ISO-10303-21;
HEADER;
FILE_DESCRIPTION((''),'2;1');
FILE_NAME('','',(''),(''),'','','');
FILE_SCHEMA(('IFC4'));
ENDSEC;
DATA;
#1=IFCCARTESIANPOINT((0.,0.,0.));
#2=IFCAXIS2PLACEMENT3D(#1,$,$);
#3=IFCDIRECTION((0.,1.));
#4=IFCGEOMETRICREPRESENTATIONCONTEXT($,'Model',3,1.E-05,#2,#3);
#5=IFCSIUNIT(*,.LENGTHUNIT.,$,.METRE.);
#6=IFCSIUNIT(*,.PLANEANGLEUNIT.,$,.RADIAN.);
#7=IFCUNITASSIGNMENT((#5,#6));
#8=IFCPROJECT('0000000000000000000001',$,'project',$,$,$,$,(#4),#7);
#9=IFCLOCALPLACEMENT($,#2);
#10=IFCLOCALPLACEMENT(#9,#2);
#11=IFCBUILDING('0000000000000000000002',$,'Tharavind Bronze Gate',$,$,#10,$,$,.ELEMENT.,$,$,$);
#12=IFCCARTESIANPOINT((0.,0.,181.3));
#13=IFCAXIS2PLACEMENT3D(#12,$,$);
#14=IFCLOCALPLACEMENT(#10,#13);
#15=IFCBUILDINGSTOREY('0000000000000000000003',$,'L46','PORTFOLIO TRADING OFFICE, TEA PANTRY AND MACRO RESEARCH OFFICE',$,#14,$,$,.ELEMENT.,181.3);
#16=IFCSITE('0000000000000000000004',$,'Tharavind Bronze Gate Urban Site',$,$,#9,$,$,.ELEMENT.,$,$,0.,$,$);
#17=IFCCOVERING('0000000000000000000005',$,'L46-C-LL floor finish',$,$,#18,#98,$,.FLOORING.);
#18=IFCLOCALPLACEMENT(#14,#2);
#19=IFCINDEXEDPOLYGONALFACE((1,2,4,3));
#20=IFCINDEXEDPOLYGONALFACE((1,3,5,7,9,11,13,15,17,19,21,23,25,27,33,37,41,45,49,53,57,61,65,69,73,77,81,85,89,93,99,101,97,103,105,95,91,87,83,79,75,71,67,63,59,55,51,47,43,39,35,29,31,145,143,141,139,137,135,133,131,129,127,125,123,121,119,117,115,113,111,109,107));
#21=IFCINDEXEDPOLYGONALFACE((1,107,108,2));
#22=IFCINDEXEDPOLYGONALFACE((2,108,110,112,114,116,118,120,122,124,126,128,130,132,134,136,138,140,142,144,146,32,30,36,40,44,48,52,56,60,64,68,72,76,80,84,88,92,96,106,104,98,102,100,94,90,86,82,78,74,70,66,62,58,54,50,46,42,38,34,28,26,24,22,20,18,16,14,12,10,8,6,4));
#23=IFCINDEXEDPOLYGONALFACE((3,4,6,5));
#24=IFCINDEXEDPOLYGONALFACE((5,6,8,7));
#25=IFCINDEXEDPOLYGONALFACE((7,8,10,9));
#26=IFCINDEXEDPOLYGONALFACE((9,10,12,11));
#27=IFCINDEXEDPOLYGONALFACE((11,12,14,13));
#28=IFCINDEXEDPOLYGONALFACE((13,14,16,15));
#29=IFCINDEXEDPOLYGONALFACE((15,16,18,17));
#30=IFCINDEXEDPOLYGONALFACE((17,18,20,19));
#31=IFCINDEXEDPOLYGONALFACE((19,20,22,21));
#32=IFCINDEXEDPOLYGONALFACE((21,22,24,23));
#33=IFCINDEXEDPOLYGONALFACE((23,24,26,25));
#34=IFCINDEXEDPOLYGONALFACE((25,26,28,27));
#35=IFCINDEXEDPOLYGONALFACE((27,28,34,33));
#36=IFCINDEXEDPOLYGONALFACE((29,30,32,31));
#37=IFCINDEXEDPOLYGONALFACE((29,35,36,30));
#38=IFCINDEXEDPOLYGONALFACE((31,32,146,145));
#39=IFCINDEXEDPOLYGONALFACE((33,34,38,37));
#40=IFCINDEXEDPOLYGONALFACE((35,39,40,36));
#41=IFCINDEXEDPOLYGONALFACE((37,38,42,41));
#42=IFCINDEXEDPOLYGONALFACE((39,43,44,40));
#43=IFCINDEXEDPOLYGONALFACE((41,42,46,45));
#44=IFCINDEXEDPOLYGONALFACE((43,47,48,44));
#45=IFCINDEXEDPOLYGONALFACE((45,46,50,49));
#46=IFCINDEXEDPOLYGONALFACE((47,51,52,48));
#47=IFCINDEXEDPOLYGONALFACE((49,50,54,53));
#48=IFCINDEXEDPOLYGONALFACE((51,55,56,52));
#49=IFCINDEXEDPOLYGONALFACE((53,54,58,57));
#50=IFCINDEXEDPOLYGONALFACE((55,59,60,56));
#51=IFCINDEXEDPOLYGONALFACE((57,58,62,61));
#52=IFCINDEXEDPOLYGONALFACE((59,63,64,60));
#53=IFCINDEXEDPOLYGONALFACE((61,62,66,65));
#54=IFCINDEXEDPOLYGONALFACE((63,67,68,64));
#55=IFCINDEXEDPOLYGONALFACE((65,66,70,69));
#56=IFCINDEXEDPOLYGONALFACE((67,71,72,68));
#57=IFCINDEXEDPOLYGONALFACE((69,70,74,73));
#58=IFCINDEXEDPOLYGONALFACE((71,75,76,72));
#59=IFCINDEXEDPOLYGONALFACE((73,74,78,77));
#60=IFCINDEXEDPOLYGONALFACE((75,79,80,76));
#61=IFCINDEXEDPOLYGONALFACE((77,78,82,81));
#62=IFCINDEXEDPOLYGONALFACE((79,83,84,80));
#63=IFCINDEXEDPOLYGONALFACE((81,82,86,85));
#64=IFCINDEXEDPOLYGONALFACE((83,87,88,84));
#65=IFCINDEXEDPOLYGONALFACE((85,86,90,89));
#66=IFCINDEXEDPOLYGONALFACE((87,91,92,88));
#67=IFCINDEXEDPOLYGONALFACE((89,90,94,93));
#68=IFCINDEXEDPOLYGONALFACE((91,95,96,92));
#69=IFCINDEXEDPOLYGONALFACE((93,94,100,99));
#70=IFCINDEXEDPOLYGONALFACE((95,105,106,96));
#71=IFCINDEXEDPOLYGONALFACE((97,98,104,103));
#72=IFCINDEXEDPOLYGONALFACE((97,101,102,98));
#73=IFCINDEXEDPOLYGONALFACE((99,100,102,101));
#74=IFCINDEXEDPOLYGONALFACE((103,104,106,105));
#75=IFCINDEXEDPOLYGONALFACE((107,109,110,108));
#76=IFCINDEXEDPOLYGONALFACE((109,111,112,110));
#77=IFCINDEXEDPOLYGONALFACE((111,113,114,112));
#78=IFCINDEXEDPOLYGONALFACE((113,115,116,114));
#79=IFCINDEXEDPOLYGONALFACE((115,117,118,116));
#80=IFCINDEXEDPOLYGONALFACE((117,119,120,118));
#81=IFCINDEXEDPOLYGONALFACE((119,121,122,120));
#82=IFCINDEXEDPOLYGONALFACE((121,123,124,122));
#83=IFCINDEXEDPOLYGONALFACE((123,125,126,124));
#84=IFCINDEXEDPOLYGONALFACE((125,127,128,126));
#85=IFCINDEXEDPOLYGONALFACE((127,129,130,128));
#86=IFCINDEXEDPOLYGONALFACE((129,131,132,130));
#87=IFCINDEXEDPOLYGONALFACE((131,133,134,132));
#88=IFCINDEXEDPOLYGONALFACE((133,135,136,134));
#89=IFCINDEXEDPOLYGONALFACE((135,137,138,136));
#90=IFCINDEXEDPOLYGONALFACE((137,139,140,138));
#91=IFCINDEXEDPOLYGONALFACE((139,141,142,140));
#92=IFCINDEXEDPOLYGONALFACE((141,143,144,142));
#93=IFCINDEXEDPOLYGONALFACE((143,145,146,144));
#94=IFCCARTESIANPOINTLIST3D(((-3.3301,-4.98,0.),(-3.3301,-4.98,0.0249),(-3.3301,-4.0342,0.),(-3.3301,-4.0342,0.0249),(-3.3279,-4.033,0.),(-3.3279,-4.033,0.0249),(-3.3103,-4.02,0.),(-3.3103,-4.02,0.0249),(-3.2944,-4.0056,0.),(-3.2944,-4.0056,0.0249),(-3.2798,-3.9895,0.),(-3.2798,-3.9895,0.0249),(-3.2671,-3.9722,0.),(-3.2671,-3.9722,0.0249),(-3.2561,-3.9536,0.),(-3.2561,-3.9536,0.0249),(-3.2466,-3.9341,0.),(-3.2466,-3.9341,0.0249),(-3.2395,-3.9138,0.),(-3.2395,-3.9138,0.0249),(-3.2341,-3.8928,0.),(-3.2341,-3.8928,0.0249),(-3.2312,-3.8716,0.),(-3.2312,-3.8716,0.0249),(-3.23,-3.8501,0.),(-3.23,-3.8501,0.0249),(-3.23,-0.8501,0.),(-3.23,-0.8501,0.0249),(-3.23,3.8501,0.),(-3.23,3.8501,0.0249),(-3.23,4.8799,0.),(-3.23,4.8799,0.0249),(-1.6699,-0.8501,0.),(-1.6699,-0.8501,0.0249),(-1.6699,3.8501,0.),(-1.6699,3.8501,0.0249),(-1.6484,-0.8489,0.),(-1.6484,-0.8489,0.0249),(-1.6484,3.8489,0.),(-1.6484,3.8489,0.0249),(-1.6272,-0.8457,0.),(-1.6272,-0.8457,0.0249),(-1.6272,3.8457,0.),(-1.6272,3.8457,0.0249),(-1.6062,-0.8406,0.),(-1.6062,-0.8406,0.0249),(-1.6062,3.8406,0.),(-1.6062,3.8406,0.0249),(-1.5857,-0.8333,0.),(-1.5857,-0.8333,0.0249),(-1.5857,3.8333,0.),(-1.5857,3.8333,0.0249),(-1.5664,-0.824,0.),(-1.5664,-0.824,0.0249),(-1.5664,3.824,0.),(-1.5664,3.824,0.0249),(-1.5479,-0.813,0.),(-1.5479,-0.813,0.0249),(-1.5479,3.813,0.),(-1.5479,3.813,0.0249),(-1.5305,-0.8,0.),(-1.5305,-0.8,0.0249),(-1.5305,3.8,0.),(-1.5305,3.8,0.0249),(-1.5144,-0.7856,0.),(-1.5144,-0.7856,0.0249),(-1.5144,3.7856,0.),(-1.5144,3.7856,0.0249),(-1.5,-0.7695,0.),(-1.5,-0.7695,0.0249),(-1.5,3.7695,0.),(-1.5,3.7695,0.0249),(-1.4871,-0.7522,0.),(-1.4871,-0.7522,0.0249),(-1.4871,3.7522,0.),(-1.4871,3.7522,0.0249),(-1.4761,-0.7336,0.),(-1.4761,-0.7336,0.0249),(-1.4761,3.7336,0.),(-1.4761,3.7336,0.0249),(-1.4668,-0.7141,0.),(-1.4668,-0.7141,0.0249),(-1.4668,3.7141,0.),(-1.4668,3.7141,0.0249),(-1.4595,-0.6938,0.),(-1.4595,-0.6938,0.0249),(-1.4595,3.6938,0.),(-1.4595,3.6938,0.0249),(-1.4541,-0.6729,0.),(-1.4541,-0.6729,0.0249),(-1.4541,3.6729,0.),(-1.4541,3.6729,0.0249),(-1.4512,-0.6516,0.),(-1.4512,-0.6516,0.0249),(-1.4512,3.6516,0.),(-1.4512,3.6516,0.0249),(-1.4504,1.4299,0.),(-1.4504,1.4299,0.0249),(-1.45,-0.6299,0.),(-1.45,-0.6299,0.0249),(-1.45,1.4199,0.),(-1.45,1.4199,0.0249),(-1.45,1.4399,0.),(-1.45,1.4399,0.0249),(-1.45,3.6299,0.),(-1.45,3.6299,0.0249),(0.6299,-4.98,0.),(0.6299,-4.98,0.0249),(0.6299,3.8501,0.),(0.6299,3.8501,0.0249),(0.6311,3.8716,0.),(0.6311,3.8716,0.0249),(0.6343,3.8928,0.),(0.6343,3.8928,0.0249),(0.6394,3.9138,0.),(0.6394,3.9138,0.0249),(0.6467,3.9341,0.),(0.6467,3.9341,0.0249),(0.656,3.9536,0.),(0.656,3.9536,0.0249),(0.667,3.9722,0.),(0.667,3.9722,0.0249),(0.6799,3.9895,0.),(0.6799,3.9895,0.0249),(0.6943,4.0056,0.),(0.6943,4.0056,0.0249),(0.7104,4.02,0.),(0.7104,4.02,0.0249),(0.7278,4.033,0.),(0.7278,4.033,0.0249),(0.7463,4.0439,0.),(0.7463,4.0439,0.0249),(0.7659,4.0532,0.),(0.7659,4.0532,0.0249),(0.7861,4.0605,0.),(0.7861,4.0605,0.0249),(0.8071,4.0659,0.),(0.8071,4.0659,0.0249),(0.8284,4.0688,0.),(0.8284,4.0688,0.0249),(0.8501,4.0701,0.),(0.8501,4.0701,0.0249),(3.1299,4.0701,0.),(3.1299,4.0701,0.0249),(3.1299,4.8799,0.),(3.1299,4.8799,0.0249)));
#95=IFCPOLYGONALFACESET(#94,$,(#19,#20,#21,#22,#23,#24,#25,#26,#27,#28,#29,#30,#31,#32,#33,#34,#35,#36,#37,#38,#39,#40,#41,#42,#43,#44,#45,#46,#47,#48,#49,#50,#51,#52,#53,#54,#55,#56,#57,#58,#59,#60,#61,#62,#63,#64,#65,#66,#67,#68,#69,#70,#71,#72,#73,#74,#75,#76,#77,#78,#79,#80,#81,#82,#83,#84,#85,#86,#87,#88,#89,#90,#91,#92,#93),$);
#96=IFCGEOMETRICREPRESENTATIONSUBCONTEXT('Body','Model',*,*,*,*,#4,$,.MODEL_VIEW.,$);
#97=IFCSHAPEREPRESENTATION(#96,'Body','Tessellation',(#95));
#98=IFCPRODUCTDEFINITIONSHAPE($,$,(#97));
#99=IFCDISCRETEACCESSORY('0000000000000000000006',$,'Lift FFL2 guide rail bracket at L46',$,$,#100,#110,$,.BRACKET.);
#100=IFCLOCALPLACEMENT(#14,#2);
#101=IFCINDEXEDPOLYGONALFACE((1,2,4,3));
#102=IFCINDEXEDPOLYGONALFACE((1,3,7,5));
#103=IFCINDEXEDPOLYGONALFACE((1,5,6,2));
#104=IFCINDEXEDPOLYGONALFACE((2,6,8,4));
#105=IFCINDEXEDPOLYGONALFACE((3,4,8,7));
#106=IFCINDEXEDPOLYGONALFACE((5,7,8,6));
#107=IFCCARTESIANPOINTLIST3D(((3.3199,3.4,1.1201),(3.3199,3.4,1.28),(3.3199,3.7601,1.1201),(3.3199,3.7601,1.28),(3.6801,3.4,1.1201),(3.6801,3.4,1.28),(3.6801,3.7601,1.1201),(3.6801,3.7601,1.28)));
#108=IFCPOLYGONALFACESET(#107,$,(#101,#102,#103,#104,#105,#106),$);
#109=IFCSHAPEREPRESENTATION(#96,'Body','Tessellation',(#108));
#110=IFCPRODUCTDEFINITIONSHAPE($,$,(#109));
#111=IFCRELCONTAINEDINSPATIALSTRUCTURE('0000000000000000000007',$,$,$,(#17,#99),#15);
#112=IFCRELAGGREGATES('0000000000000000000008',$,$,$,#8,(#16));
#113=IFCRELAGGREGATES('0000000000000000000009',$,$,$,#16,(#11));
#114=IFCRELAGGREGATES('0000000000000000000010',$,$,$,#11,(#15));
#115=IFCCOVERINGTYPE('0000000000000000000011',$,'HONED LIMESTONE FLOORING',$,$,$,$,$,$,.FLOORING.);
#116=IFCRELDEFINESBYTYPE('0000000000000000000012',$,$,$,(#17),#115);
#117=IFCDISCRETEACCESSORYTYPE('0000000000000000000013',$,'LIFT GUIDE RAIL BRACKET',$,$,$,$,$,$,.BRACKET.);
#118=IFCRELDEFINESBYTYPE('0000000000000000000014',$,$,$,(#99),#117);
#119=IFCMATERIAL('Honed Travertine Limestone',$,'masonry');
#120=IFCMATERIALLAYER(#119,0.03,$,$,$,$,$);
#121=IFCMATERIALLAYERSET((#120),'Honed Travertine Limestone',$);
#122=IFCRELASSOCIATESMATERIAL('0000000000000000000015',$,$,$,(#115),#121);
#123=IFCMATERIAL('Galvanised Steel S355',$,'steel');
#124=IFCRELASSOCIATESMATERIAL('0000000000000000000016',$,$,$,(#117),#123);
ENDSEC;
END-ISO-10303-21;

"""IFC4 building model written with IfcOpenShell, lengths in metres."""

from ifc_helpers import new_model, si_unit, direction, frame, origin, origin_2d, place, context, subcontext, project, spatial, polyline, rectangle, outline, extrude, material, layer, layer_set, type_object, element, save


model = new_model("IFC4")

# Units and contexts
model_context = context("Model", 3, precision=1e-05, world=origin(), true_north=direction((0.0, 1.0)))
body_context = subcontext(model_context, "Body", "Model", "MODEL_VIEW")
ifc_project = project(units=[si_unit("LENGTHUNIT", "METRE"), si_unit("PLANEANGLEUNIT", "RADIAN")], contexts=[model_context])

# Site, building, storey
site_placement = place(None, origin())
site = spatial("IfcSite", under=ifc_project, at=site_placement, Name="Tharavind Bronze Gate Urban Site", CompositionType="ELEMENT", RefElevation=0.0)
building_placement = place(site_placement, origin())
building = spatial("IfcBuilding", under=site, at=building_placement, Name="Tharavind Bronze Gate", CompositionType="ELEMENT")
storey_placement = place(building_placement, frame((0.0, 0.0, 181.3)))
storey = spatial("IfcBuildingStorey", under=building, at=storey_placement, Name="L46", Description="PORTFOLIO TRADING OFFICE, TEA PANTRY AND MACRO RESEARCH OFFICE", CompositionType="ELEMENT", Elevation=181.3)

# Covering
ifc_material_1 = material(Name="Honed Travertine Limestone", Category="masonry")
ifc_layer_1 = layer(ifc_material_1, 0.03)
ifc_layer_set_1 = layer_set([ifc_layer_1], Name="Honed Travertine Limestone")
covering_type_1 = type_object("IfcCoveringType", Name="HONED LIMESTONE FLOORING", PredefinedType="FLOORING", material=ifc_layer_set_1)
covering_1_placement = place(storey_placement, origin())
element("IfcCovering", 1, at=covering_1_placement, inside=storey, type_object=covering_type_1, Name="L46-C-LL floor finish", PredefinedType="FLOORING", context=body_context, shape_type="SweptSolid", body=[
    extrude(outline(polyline([(-3.3301, -4.98), (0.6299, -4.98), (0.6299, 3.8501), (0.6311, 3.8716), (0.6343, 3.8928), (0.6394, 3.9138), (0.6467, 3.9341), (0.656, 3.9536), (0.667, 3.9722), (0.6799, 3.9895), (0.6943, 4.0056), (0.7104, 4.02), (0.7278, 4.033), (0.7463, 4.0439), (0.7659, 4.0532), (0.7861, 4.0605), (0.8071, 4.0659), (0.8284, 4.0688), (0.8501, 4.0701), (3.1299, 4.0701), (3.1299, 4.8799), (-3.23, 4.8799), (-3.23, 3.8501), (-1.6699, 3.8501), (-1.6484, 3.8489), (-1.6272, 3.8457), (-1.6062, 3.8406), (-1.5857, 3.8333), (-1.5664, 3.824), (-1.5479, 3.813), (-1.5305, 3.8), (-1.5144, 3.7856), (-1.5, 3.7695), (-1.4871, 3.7522), (-1.4761, 3.7336), (-1.4668, 3.7141), (-1.4595, 3.6938), (-1.4541, 3.6729), (-1.4512, 3.6516), (-1.45, 3.6299), (-1.45, 1.4399), (-1.4504, 1.4299), (-1.45, 1.4199), (-1.45, -0.6299), (-1.4512, -0.6516), (-1.4541, -0.6729), (-1.4595, -0.6938), (-1.4668, -0.7141), (-1.4761, -0.7336), (-1.4871, -0.7522), (-1.5, -0.7695), (-1.5144, -0.7856), (-1.5305, -0.8), (-1.5479, -0.813), (-1.5664, -0.824), (-1.5857, -0.8333), (-1.6062, -0.8406), (-1.6272, -0.8457), (-1.6484, -0.8489), (-1.6699, -0.8501), (-3.23, -0.8501), (-3.23, -3.8501), (-3.2312, -3.8716), (-3.2341, -3.8928), (-3.2395, -3.9138), (-3.2466, -3.9341), (-3.2561, -3.9536), (-3.2671, -3.9722), (-3.2798, -3.9895), (-3.2944, -4.0056), (-3.3103, -4.02), (-3.3279, -4.033), (-3.3301, -4.0342), (-3.3301, -4.98)])), origin(), (0.0, 0.0, 1.0), 0.0249),
])

# Discrete accessory
ifc_material_2 = material(Name="Galvanised Steel S355", Category="steel")
discrete_accessory_type = type_object("IfcDiscreteAccessoryType", Name="LIFT GUIDE RAIL BRACKET", PredefinedType="BRACKET", material=ifc_material_2)
discrete_accessory_placement = place(storey_placement, frame((3.5, 3.5801, 1.1201), z_axis=(0.0, 0.0, 1.0), x_axis=(1.0, 0.0, 0.0)))
element("IfcDiscreteAccessory", 2, at=discrete_accessory_placement, inside=storey, type_object=discrete_accessory_type, Name="Lift FFL2 guide rail bracket at L46", PredefinedType="BRACKET", context=body_context, shape_type="SweptSolid", body=[
    extrude(rectangle(XDim=0.3601, YDim=0.3601, at=origin_2d()), origin(), (0.0, 0.0, 1.0), 0.1599),
])

save(model, "model.ifc")
